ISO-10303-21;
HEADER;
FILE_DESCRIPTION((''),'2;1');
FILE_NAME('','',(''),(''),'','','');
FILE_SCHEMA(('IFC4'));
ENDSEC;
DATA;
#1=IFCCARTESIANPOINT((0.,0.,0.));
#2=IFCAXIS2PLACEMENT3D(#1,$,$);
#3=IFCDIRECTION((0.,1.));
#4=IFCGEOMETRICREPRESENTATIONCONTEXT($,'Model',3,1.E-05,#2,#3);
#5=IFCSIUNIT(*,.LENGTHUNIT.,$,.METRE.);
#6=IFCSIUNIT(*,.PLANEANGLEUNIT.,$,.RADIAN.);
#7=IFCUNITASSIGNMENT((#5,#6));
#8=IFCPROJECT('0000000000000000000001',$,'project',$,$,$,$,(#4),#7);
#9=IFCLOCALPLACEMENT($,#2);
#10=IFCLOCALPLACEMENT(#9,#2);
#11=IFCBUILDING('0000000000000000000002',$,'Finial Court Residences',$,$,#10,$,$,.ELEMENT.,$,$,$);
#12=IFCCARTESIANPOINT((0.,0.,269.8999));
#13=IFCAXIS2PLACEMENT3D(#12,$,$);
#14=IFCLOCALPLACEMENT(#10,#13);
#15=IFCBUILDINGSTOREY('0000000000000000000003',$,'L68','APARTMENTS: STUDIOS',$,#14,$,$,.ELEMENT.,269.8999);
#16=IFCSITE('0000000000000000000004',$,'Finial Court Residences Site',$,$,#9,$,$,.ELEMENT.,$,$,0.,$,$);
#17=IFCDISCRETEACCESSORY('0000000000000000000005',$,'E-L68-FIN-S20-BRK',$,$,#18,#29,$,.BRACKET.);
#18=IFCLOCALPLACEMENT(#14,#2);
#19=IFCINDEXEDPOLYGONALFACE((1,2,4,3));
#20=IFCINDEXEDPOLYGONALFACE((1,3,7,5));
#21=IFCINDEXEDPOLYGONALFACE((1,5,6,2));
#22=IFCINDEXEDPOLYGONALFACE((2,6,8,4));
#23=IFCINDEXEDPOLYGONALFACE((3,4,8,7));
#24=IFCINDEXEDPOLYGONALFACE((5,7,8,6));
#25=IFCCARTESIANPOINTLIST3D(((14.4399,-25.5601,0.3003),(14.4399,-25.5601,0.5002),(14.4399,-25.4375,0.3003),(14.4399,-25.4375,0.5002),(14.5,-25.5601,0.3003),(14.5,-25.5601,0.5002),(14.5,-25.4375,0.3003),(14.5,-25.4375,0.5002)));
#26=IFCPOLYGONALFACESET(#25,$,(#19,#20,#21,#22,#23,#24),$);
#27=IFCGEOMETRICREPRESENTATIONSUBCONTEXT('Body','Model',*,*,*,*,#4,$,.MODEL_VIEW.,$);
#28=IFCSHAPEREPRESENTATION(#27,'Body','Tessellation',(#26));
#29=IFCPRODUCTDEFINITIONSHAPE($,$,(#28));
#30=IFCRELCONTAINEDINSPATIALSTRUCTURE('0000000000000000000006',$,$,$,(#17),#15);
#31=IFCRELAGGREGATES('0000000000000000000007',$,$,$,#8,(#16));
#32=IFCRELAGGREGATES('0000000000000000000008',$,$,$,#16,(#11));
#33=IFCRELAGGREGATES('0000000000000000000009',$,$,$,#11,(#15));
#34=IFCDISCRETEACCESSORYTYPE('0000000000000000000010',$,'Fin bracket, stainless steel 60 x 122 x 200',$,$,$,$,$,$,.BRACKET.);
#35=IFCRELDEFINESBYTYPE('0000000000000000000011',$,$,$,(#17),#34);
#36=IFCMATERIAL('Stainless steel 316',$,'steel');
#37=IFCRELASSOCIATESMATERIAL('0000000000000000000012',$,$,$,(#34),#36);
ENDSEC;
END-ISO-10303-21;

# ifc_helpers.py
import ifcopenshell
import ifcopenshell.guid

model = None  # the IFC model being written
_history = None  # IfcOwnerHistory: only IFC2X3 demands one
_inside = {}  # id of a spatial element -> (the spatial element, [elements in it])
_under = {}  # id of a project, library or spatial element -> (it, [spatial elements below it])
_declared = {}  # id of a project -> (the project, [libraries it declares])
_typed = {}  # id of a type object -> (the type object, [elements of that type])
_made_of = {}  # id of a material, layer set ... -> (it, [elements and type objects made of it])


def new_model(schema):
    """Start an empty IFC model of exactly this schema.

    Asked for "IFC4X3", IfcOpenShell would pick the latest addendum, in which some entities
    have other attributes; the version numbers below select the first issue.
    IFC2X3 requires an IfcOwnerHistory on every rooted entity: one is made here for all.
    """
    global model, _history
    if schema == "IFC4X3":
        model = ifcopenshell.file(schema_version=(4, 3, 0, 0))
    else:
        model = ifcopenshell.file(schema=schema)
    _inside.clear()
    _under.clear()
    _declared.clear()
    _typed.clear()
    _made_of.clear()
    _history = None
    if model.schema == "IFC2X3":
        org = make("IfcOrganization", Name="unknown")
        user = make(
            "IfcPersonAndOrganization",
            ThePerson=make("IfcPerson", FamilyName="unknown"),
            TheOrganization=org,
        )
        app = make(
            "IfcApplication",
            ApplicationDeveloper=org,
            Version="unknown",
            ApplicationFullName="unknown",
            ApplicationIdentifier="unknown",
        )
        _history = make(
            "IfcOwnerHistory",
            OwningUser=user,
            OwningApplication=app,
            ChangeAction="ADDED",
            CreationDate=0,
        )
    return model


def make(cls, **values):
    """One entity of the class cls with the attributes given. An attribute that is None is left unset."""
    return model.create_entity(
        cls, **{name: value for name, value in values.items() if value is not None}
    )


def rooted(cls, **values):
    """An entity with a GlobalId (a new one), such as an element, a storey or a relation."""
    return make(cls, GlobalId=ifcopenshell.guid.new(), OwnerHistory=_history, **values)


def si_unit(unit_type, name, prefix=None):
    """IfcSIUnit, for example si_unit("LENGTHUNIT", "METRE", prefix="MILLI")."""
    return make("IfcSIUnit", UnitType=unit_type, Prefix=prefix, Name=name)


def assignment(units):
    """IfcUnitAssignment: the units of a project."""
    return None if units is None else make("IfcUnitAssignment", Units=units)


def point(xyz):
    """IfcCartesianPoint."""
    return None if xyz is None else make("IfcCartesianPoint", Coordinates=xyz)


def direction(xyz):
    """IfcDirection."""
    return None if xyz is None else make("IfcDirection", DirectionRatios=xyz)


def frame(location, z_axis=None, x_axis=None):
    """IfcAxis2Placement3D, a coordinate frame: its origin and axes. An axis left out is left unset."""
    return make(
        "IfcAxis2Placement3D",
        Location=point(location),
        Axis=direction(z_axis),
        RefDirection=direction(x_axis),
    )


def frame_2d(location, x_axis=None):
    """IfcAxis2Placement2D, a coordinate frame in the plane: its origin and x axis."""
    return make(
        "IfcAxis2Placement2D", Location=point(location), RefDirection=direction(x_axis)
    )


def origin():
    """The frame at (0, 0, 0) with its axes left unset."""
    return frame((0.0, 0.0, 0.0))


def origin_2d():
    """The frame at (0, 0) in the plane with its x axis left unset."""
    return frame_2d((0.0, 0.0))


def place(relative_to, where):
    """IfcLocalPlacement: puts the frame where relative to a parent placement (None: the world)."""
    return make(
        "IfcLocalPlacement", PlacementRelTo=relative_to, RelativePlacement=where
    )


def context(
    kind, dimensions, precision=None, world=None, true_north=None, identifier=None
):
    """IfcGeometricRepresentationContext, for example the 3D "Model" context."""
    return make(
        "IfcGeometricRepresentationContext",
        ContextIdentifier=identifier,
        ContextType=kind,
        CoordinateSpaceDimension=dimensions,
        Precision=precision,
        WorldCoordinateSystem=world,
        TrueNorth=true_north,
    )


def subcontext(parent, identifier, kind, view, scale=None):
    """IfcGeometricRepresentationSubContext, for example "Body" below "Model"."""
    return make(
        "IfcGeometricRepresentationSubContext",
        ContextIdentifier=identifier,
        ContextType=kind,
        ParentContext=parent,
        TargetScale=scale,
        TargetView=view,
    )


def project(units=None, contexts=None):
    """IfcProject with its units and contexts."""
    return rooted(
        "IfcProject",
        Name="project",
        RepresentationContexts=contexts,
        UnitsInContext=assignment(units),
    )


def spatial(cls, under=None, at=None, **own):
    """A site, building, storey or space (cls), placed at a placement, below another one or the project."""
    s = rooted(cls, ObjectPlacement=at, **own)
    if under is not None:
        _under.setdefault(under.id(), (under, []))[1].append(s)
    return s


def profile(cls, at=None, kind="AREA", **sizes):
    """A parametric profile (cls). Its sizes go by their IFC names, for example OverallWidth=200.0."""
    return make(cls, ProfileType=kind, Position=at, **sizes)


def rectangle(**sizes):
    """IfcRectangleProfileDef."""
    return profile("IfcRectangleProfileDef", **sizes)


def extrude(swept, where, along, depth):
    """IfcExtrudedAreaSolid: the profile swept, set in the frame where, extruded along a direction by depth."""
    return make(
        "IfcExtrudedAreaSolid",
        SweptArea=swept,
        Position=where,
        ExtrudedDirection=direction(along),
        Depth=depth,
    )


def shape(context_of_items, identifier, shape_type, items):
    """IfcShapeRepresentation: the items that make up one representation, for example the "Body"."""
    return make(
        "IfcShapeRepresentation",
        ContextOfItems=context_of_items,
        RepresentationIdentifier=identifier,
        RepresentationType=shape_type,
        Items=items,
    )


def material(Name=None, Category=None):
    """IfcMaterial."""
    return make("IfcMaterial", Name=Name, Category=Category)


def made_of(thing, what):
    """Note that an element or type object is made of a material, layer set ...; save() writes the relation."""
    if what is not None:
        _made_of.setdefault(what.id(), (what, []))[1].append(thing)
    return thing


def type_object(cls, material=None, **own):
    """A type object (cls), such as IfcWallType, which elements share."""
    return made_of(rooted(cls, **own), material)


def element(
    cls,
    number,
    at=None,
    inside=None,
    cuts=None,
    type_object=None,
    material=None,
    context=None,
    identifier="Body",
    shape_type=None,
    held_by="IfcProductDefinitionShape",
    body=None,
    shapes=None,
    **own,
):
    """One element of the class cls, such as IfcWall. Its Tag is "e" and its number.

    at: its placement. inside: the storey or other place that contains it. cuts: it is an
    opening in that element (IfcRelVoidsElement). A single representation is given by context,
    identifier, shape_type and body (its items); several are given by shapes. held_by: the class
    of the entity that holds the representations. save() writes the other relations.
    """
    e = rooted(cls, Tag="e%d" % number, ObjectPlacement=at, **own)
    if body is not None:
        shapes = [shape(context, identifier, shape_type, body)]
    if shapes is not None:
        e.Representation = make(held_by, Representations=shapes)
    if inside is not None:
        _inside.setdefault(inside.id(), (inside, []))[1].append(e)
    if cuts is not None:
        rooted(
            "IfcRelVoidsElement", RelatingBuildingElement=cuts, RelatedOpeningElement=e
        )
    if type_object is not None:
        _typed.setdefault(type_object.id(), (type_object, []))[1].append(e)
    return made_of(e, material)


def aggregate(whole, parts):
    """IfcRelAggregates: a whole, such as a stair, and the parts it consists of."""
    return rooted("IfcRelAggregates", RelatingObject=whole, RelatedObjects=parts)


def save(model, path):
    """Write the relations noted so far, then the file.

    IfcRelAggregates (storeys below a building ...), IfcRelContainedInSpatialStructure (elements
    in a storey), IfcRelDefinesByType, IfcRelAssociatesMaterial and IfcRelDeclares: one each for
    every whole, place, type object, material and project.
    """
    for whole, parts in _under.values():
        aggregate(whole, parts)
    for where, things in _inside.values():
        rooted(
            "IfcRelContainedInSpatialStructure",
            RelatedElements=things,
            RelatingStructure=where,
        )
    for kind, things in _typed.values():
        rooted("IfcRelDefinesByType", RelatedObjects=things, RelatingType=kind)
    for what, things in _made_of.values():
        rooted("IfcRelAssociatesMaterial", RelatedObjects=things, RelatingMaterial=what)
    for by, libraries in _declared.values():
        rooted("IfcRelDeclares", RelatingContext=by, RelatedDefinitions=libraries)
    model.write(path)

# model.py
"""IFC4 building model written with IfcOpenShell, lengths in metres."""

from ifc_helpers import new_model, si_unit, direction, frame, origin, origin_2d, place, context, subcontext, project, spatial, rectangle, extrude, material, type_object, element, save


model = new_model("IFC4")

# Units and contexts
model_context = context("Model", 3, precision=1e-05, world=origin(), true_north=direction((0.0, 1.0)))
body_context = subcontext(model_context, "Body", "Model", "MODEL_VIEW")
ifc_project = project(units=[si_unit("LENGTHUNIT", "METRE"), si_unit("PLANEANGLEUNIT", "RADIAN")], contexts=[model_context])

# Site, building, storey
site_placement = place(None, origin())
site = spatial("IfcSite", under=ifc_project, at=site_placement, Name="Finial Court Residences Site", CompositionType="ELEMENT", RefElevation=0.0)
building_placement = place(site_placement, origin())
building = spatial("IfcBuilding", under=site, at=building_placement, Name="Finial Court Residences", CompositionType="ELEMENT")
storey_placement = place(building_placement, frame((0.0, 0.0, 269.8999)))
storey = spatial("IfcBuildingStorey", under=building, at=storey_placement, Name="L68", Description="APARTMENTS: STUDIOS", CompositionType="ELEMENT", Elevation=269.8999)

# Discrete accessory
ifc_material_1 = material(Name="Stainless steel 316", Category="steel")
discrete_accessory_type = type_object("IfcDiscreteAccessoryType", Name="Fin bracket, stainless steel 60 x 122 x 200", PredefinedType="BRACKET", material=ifc_material_1)
for number, where, z_axis, x_axis, name in (
    (1, (14.47, -25.4988, 0.3003), (0.0, 0.0, 1.0), (1.0, 0.0, 0.0), "E-L68-FIN-S20-BRK"),
):
    element("IfcDiscreteAccessory", number, at=place(storey_placement, frame(where, z_axis=z_axis, x_axis=x_axis)), inside=storey, type_object=discrete_accessory_type, Name=name, PredefinedType="BRACKET", context=body_context, shape_type="SweptSolid", body=[
        extrude(rectangle(XDim=0.0601, YDim=0.1226, at=origin_2d()), origin(), (0.0, 0.0, 1.0), 0.2),
    ])

save(model, "model.ifc")
